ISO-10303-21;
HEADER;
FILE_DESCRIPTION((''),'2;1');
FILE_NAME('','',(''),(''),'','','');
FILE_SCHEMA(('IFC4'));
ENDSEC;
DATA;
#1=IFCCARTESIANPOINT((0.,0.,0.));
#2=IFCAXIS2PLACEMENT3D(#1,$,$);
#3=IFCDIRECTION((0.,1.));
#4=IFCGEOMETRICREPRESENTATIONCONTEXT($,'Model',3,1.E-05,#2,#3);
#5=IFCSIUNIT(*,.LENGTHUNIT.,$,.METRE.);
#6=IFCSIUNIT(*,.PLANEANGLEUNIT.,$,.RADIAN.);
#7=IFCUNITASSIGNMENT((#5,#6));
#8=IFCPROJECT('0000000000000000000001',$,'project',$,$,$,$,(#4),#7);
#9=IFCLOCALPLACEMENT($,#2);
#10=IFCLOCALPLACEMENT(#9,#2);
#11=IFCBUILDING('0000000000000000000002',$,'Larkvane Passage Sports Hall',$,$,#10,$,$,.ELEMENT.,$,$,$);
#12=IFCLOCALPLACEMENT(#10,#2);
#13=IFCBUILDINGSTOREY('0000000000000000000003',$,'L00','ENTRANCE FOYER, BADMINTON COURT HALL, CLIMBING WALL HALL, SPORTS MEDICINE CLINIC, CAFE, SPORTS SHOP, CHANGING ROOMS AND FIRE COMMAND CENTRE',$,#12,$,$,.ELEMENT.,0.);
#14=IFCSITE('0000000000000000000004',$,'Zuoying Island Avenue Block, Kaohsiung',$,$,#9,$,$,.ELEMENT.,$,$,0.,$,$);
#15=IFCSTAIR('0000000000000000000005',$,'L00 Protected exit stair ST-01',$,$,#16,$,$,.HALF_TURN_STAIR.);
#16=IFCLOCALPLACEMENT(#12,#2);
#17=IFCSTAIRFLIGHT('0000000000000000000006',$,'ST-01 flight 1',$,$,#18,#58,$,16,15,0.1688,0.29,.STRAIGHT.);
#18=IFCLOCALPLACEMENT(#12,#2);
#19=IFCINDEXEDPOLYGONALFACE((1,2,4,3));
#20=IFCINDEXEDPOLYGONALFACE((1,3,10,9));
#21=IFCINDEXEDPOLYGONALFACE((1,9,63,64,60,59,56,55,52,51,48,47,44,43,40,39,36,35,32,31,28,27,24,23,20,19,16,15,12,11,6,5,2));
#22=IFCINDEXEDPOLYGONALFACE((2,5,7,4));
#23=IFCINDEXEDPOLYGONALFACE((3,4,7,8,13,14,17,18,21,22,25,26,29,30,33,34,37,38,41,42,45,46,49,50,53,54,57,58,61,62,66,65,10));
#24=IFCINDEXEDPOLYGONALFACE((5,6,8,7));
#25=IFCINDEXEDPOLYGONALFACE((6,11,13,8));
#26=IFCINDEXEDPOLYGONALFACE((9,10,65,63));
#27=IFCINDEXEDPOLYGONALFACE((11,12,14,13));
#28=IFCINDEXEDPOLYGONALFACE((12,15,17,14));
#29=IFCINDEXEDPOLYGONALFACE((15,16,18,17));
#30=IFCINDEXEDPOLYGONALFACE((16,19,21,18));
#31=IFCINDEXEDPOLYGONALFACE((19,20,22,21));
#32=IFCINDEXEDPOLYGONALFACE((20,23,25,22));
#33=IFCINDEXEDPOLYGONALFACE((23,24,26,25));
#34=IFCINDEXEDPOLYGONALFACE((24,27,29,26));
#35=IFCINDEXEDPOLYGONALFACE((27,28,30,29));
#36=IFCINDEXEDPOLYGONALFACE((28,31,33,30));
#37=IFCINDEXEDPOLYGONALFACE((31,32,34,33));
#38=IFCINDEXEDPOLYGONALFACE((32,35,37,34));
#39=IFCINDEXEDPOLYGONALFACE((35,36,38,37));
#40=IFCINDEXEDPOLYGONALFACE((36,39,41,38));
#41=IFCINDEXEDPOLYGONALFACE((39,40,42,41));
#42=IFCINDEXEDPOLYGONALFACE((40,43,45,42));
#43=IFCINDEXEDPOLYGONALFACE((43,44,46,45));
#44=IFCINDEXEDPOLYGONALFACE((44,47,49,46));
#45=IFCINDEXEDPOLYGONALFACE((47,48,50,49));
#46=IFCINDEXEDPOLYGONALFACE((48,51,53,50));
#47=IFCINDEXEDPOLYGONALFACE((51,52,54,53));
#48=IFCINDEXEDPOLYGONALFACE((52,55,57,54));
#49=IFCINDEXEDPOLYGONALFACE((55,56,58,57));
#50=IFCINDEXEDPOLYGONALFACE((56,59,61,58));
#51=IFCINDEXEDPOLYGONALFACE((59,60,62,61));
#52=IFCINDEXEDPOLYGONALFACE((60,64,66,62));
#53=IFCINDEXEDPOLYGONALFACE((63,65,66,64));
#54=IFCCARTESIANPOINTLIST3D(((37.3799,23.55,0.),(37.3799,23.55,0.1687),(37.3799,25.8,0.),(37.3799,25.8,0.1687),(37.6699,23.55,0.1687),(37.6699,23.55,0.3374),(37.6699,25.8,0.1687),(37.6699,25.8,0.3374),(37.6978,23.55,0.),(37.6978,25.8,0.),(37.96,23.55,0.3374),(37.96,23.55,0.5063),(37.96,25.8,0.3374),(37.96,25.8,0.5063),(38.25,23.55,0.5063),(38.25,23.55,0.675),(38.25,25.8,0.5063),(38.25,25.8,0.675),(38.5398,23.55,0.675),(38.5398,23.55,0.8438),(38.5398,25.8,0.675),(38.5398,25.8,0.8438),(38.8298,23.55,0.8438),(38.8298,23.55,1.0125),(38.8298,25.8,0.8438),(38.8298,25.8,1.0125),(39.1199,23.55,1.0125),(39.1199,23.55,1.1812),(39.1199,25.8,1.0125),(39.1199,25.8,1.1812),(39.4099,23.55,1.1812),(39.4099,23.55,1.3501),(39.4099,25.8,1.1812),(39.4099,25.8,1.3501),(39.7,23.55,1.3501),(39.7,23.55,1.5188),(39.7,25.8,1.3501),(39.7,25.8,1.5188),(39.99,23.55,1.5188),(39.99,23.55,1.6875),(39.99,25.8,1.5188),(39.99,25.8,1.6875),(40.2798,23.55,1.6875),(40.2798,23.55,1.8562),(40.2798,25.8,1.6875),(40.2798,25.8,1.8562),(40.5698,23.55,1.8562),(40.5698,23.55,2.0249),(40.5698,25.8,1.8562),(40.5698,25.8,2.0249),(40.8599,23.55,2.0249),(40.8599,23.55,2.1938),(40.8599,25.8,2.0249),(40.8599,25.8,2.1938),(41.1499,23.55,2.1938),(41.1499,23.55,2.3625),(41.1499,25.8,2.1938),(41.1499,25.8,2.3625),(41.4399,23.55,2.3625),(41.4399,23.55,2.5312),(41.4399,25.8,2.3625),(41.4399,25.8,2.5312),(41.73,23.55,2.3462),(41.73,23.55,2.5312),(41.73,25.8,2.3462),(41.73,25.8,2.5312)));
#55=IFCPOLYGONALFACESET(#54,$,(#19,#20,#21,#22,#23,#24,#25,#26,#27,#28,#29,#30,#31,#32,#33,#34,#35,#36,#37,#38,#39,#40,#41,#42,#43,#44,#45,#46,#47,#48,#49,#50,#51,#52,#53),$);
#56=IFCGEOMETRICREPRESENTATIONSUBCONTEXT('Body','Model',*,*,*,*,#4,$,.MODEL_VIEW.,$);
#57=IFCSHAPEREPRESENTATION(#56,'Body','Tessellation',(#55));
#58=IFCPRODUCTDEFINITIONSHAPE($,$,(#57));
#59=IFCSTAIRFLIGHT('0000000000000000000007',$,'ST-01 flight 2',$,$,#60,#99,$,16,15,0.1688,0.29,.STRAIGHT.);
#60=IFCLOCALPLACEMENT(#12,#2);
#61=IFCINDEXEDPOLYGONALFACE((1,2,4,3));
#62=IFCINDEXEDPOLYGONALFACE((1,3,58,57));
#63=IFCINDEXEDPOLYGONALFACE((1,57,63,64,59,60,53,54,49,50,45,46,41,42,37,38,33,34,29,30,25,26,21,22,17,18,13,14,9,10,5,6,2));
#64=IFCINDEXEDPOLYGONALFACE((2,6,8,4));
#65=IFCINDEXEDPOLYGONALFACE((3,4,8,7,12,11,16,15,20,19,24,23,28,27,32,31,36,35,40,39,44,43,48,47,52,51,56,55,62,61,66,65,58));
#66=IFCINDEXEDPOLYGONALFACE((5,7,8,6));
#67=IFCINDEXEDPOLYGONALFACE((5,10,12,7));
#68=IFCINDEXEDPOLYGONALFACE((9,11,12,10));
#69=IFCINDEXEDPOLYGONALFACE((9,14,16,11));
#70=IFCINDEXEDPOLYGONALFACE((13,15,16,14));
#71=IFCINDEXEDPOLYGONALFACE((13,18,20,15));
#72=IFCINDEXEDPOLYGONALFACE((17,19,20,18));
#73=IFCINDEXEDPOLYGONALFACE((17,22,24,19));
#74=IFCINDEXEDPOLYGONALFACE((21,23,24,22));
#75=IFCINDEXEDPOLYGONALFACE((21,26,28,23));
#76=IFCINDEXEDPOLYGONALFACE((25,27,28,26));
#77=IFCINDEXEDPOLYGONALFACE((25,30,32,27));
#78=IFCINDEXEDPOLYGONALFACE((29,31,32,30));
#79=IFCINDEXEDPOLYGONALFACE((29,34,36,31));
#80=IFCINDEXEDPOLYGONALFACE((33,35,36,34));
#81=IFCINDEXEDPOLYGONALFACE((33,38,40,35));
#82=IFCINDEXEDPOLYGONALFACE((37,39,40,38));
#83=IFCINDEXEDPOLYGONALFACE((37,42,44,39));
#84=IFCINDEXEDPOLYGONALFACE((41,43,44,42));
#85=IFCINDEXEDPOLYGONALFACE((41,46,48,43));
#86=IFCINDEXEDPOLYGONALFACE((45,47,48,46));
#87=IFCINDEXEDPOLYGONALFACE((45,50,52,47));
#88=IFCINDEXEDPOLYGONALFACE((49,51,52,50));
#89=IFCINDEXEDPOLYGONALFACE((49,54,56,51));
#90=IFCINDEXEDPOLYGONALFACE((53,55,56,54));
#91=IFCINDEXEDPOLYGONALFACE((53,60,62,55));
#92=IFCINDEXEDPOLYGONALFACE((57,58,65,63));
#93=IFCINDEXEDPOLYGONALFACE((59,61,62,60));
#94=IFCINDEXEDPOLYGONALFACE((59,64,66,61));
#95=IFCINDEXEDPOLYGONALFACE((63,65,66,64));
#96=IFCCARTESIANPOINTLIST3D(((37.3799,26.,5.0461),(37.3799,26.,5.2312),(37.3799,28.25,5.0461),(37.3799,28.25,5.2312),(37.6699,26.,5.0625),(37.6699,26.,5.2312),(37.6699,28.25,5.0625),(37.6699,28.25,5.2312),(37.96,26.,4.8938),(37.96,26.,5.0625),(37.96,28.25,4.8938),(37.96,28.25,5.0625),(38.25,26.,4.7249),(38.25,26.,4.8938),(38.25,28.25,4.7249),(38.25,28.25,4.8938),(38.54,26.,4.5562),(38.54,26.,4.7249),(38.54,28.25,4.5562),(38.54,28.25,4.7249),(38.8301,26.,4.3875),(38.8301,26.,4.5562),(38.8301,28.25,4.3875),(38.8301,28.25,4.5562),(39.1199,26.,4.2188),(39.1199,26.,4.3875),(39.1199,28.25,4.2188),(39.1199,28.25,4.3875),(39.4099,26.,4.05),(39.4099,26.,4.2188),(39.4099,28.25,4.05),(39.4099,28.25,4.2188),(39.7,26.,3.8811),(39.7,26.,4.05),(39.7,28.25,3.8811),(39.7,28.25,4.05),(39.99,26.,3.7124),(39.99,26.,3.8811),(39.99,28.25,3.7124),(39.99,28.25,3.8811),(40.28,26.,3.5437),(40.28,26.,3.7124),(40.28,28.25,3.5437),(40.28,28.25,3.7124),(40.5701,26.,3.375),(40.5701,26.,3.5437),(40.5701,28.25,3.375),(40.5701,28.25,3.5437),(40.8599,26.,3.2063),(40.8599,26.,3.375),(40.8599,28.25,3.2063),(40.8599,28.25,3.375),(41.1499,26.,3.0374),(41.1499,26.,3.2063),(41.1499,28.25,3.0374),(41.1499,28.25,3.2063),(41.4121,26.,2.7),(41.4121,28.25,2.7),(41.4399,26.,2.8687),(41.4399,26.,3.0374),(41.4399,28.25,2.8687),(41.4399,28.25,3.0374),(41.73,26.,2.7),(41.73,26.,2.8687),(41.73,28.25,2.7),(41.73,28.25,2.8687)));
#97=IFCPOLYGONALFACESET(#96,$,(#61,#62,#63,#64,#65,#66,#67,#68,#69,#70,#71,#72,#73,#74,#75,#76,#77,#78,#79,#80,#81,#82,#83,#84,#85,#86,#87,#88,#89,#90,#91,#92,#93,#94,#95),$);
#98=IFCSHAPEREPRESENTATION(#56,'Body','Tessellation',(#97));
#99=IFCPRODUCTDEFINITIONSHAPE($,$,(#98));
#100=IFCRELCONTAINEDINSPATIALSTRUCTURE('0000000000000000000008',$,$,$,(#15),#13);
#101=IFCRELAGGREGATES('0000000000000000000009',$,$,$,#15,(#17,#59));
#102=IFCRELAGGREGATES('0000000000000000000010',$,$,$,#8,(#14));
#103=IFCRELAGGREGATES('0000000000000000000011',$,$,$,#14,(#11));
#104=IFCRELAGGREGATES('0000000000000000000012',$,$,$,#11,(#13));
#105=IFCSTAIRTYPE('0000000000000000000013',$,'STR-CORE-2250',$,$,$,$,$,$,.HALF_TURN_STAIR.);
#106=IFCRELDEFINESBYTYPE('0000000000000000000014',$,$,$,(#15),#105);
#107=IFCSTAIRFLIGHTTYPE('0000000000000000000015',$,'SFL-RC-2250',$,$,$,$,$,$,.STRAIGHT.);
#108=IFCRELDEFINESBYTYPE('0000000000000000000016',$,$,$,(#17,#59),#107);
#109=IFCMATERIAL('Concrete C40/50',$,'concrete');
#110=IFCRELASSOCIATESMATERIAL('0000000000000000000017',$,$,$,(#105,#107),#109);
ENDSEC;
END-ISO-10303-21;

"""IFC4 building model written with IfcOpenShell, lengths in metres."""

from ifc_helpers import new_model, si_unit, direction, frame, origin, place, context, subcontext, project, spatial, polyline, outline, extrude, material, type_object, element, aggregate, save


model = new_model("IFC4")

# Units and contexts
model_context = context("Model", 3, precision=1e-05, world=origin(), true_north=direction((0.0, 1.0)))
body_context = subcontext(model_context, "Body", "Model", "MODEL_VIEW")
ifc_project = project(units=[si_unit("LENGTHUNIT", "METRE"), si_unit("PLANEANGLEUNIT", "RADIAN")], contexts=[model_context])

# Site, building, storey
site_placement = place(None, origin())
site = spatial("IfcSite", under=ifc_project, at=site_placement, Name="Zuoying Island Avenue Block, Kaohsiung", CompositionType="ELEMENT", RefElevation=0.0)
building_placement = place(site_placement, origin())
building = spatial("IfcBuilding", under=site, at=building_placement, Name="Larkvane Passage Sports Hall", CompositionType="ELEMENT")
storey_placement = place(building_placement, origin())
storey = spatial("IfcBuildingStorey", under=building, at=storey_placement, Name="L00", Description="ENTRANCE FOYER, BADMINTON COURT HALL, CLIMBING WALL HALL, SPORTS MEDICINE CLINIC, CAFE, SPORTS SHOP, CHANGING ROOMS AND FIRE COMMAND CENTRE", CompositionType="ELEMENT", Elevation=0.0)

# Shared definitions
ifc_material_1 = material(Name="Concrete C40/50", Category="concrete")

# Stair, stair flights
stair_type = type_object("IfcStairType", Name="STR-CORE-2250", PredefinedType="HALF_TURN_STAIR", material=ifc_material_1)
stair_placement = place(storey_placement, origin())
stair = element("IfcStair", 1, at=stair_placement, inside=storey, type_object=stair_type, Name="L00 Protected exit stair ST-01", PredefinedType="HALF_TURN_STAIR")
stair_flight_type = type_object("IfcStairFlightType", Name="SFL-RC-2250", PredefinedType="STRAIGHT", material=ifc_material_1)
stair_flight_1_placement = place(storey_placement, frame((37.3799, 24.675, 0.0), z_axis=(0.0, 0.0, 1.0), x_axis=(1.0, 0.0, 0.0)))
stair_flight_1 = element("IfcStairFlight", 2, at=stair_flight_1_placement, type_object=stair_flight_type, Name="ST-01 flight 1", NumberOfRisers=16, NumberOfTreads=15, PredefinedType="STRAIGHT", RiserHeight=0.1688, TreadLength=0.29, context=body_context, shape_type="SweptSolid", body=[
    extrude(outline(polyline([(0.0, 0.0), (0.0, 0.1687), (0.29, 0.1687), (0.29, 0.3374), (0.5801, 0.3374), (0.5801, 0.5063), (0.8701, 0.5063), (0.8701, 0.675), (1.1599, 0.675), (1.1599, 0.8438), (1.45, 0.8438), (1.45, 1.0125), (1.74, 1.0125), (1.74, 1.1812), (2.03, 1.1812), (2.03, 1.3501), (2.3201, 1.3501), (2.3201, 1.5188), (2.6101, 1.5188), (2.6101, 1.6875), (2.8999, 1.6875), (2.8999, 1.8562), (3.1899, 1.8562), (3.1899, 2.0249), (3.48, 2.0249), (3.48, 2.1938), (3.77, 2.1938), (3.77, 2.3625), (4.0601, 2.3625), (4.0601, 2.5312), (4.3501, 2.5312), (4.3501, 2.7), (4.3501, 2.3462), (0.3179, 0.0), (0.0, 0.0)])), frame((0.0, 1.125, 0.0), z_axis=(0.0, -1.0, 0.0), x_axis=(1.0, 0.0, 0.0)), (0.0, 0.0, 1.0), 2.25),
])
stair_flight_2_placement = place(storey_placement, frame((41.73, 27.125, 2.7), z_axis=(0.0, 0.0, 1.0), x_axis=(-1.0, 0.0, 0.0)))
stair_flight_2 = element("IfcStairFlight", 3, at=stair_flight_2_placement, type_object=stair_flight_type, Name="ST-01 flight 2", NumberOfRisers=16, NumberOfTreads=15, PredefinedType="STRAIGHT", RiserHeight=0.1688, TreadLength=0.29, context=body_context, shape_type="SweptSolid", body=[
    extrude(outline(polyline([(0.0, 0.0), (0.0, 0.1687), (0.29, 0.1687), (0.29, 0.3374), (0.5801, 0.3374), (0.5801, 0.5063), (0.8701, 0.5063), (0.8701, 0.675), (1.1599, 0.675), (1.1599, 0.8438), (1.45, 0.8438), (1.45, 1.0125), (1.74, 1.0125), (1.74, 1.1812), (2.03, 1.1812), (2.03, 1.3501), (2.3201, 1.3501), (2.3201, 1.5188), (2.6101, 1.5188), (2.6101, 1.6875), (2.8999, 1.6875), (2.8999, 1.8562), (3.1899, 1.8562), (3.1899, 2.0249), (3.48, 2.0249), (3.48, 2.1938), (3.77, 2.1938), (3.77, 2.3625), (4.0601, 2.3625), (4.0601, 2.5312), (4.3501, 2.5312), (4.3501, 2.7), (4.3501, 2.3462), (0.3179, 0.0), (0.0, 0.0)])), frame((0.0, 1.125, 0.0), z_axis=(0.0, -1.0, 0.0), x_axis=(1.0, 0.0, 0.0)), (0.0, 0.0, 1.0), 2.25),
])
aggregate(stair, [stair_flight_1, stair_flight_2])

save(model, "model.ifc")
